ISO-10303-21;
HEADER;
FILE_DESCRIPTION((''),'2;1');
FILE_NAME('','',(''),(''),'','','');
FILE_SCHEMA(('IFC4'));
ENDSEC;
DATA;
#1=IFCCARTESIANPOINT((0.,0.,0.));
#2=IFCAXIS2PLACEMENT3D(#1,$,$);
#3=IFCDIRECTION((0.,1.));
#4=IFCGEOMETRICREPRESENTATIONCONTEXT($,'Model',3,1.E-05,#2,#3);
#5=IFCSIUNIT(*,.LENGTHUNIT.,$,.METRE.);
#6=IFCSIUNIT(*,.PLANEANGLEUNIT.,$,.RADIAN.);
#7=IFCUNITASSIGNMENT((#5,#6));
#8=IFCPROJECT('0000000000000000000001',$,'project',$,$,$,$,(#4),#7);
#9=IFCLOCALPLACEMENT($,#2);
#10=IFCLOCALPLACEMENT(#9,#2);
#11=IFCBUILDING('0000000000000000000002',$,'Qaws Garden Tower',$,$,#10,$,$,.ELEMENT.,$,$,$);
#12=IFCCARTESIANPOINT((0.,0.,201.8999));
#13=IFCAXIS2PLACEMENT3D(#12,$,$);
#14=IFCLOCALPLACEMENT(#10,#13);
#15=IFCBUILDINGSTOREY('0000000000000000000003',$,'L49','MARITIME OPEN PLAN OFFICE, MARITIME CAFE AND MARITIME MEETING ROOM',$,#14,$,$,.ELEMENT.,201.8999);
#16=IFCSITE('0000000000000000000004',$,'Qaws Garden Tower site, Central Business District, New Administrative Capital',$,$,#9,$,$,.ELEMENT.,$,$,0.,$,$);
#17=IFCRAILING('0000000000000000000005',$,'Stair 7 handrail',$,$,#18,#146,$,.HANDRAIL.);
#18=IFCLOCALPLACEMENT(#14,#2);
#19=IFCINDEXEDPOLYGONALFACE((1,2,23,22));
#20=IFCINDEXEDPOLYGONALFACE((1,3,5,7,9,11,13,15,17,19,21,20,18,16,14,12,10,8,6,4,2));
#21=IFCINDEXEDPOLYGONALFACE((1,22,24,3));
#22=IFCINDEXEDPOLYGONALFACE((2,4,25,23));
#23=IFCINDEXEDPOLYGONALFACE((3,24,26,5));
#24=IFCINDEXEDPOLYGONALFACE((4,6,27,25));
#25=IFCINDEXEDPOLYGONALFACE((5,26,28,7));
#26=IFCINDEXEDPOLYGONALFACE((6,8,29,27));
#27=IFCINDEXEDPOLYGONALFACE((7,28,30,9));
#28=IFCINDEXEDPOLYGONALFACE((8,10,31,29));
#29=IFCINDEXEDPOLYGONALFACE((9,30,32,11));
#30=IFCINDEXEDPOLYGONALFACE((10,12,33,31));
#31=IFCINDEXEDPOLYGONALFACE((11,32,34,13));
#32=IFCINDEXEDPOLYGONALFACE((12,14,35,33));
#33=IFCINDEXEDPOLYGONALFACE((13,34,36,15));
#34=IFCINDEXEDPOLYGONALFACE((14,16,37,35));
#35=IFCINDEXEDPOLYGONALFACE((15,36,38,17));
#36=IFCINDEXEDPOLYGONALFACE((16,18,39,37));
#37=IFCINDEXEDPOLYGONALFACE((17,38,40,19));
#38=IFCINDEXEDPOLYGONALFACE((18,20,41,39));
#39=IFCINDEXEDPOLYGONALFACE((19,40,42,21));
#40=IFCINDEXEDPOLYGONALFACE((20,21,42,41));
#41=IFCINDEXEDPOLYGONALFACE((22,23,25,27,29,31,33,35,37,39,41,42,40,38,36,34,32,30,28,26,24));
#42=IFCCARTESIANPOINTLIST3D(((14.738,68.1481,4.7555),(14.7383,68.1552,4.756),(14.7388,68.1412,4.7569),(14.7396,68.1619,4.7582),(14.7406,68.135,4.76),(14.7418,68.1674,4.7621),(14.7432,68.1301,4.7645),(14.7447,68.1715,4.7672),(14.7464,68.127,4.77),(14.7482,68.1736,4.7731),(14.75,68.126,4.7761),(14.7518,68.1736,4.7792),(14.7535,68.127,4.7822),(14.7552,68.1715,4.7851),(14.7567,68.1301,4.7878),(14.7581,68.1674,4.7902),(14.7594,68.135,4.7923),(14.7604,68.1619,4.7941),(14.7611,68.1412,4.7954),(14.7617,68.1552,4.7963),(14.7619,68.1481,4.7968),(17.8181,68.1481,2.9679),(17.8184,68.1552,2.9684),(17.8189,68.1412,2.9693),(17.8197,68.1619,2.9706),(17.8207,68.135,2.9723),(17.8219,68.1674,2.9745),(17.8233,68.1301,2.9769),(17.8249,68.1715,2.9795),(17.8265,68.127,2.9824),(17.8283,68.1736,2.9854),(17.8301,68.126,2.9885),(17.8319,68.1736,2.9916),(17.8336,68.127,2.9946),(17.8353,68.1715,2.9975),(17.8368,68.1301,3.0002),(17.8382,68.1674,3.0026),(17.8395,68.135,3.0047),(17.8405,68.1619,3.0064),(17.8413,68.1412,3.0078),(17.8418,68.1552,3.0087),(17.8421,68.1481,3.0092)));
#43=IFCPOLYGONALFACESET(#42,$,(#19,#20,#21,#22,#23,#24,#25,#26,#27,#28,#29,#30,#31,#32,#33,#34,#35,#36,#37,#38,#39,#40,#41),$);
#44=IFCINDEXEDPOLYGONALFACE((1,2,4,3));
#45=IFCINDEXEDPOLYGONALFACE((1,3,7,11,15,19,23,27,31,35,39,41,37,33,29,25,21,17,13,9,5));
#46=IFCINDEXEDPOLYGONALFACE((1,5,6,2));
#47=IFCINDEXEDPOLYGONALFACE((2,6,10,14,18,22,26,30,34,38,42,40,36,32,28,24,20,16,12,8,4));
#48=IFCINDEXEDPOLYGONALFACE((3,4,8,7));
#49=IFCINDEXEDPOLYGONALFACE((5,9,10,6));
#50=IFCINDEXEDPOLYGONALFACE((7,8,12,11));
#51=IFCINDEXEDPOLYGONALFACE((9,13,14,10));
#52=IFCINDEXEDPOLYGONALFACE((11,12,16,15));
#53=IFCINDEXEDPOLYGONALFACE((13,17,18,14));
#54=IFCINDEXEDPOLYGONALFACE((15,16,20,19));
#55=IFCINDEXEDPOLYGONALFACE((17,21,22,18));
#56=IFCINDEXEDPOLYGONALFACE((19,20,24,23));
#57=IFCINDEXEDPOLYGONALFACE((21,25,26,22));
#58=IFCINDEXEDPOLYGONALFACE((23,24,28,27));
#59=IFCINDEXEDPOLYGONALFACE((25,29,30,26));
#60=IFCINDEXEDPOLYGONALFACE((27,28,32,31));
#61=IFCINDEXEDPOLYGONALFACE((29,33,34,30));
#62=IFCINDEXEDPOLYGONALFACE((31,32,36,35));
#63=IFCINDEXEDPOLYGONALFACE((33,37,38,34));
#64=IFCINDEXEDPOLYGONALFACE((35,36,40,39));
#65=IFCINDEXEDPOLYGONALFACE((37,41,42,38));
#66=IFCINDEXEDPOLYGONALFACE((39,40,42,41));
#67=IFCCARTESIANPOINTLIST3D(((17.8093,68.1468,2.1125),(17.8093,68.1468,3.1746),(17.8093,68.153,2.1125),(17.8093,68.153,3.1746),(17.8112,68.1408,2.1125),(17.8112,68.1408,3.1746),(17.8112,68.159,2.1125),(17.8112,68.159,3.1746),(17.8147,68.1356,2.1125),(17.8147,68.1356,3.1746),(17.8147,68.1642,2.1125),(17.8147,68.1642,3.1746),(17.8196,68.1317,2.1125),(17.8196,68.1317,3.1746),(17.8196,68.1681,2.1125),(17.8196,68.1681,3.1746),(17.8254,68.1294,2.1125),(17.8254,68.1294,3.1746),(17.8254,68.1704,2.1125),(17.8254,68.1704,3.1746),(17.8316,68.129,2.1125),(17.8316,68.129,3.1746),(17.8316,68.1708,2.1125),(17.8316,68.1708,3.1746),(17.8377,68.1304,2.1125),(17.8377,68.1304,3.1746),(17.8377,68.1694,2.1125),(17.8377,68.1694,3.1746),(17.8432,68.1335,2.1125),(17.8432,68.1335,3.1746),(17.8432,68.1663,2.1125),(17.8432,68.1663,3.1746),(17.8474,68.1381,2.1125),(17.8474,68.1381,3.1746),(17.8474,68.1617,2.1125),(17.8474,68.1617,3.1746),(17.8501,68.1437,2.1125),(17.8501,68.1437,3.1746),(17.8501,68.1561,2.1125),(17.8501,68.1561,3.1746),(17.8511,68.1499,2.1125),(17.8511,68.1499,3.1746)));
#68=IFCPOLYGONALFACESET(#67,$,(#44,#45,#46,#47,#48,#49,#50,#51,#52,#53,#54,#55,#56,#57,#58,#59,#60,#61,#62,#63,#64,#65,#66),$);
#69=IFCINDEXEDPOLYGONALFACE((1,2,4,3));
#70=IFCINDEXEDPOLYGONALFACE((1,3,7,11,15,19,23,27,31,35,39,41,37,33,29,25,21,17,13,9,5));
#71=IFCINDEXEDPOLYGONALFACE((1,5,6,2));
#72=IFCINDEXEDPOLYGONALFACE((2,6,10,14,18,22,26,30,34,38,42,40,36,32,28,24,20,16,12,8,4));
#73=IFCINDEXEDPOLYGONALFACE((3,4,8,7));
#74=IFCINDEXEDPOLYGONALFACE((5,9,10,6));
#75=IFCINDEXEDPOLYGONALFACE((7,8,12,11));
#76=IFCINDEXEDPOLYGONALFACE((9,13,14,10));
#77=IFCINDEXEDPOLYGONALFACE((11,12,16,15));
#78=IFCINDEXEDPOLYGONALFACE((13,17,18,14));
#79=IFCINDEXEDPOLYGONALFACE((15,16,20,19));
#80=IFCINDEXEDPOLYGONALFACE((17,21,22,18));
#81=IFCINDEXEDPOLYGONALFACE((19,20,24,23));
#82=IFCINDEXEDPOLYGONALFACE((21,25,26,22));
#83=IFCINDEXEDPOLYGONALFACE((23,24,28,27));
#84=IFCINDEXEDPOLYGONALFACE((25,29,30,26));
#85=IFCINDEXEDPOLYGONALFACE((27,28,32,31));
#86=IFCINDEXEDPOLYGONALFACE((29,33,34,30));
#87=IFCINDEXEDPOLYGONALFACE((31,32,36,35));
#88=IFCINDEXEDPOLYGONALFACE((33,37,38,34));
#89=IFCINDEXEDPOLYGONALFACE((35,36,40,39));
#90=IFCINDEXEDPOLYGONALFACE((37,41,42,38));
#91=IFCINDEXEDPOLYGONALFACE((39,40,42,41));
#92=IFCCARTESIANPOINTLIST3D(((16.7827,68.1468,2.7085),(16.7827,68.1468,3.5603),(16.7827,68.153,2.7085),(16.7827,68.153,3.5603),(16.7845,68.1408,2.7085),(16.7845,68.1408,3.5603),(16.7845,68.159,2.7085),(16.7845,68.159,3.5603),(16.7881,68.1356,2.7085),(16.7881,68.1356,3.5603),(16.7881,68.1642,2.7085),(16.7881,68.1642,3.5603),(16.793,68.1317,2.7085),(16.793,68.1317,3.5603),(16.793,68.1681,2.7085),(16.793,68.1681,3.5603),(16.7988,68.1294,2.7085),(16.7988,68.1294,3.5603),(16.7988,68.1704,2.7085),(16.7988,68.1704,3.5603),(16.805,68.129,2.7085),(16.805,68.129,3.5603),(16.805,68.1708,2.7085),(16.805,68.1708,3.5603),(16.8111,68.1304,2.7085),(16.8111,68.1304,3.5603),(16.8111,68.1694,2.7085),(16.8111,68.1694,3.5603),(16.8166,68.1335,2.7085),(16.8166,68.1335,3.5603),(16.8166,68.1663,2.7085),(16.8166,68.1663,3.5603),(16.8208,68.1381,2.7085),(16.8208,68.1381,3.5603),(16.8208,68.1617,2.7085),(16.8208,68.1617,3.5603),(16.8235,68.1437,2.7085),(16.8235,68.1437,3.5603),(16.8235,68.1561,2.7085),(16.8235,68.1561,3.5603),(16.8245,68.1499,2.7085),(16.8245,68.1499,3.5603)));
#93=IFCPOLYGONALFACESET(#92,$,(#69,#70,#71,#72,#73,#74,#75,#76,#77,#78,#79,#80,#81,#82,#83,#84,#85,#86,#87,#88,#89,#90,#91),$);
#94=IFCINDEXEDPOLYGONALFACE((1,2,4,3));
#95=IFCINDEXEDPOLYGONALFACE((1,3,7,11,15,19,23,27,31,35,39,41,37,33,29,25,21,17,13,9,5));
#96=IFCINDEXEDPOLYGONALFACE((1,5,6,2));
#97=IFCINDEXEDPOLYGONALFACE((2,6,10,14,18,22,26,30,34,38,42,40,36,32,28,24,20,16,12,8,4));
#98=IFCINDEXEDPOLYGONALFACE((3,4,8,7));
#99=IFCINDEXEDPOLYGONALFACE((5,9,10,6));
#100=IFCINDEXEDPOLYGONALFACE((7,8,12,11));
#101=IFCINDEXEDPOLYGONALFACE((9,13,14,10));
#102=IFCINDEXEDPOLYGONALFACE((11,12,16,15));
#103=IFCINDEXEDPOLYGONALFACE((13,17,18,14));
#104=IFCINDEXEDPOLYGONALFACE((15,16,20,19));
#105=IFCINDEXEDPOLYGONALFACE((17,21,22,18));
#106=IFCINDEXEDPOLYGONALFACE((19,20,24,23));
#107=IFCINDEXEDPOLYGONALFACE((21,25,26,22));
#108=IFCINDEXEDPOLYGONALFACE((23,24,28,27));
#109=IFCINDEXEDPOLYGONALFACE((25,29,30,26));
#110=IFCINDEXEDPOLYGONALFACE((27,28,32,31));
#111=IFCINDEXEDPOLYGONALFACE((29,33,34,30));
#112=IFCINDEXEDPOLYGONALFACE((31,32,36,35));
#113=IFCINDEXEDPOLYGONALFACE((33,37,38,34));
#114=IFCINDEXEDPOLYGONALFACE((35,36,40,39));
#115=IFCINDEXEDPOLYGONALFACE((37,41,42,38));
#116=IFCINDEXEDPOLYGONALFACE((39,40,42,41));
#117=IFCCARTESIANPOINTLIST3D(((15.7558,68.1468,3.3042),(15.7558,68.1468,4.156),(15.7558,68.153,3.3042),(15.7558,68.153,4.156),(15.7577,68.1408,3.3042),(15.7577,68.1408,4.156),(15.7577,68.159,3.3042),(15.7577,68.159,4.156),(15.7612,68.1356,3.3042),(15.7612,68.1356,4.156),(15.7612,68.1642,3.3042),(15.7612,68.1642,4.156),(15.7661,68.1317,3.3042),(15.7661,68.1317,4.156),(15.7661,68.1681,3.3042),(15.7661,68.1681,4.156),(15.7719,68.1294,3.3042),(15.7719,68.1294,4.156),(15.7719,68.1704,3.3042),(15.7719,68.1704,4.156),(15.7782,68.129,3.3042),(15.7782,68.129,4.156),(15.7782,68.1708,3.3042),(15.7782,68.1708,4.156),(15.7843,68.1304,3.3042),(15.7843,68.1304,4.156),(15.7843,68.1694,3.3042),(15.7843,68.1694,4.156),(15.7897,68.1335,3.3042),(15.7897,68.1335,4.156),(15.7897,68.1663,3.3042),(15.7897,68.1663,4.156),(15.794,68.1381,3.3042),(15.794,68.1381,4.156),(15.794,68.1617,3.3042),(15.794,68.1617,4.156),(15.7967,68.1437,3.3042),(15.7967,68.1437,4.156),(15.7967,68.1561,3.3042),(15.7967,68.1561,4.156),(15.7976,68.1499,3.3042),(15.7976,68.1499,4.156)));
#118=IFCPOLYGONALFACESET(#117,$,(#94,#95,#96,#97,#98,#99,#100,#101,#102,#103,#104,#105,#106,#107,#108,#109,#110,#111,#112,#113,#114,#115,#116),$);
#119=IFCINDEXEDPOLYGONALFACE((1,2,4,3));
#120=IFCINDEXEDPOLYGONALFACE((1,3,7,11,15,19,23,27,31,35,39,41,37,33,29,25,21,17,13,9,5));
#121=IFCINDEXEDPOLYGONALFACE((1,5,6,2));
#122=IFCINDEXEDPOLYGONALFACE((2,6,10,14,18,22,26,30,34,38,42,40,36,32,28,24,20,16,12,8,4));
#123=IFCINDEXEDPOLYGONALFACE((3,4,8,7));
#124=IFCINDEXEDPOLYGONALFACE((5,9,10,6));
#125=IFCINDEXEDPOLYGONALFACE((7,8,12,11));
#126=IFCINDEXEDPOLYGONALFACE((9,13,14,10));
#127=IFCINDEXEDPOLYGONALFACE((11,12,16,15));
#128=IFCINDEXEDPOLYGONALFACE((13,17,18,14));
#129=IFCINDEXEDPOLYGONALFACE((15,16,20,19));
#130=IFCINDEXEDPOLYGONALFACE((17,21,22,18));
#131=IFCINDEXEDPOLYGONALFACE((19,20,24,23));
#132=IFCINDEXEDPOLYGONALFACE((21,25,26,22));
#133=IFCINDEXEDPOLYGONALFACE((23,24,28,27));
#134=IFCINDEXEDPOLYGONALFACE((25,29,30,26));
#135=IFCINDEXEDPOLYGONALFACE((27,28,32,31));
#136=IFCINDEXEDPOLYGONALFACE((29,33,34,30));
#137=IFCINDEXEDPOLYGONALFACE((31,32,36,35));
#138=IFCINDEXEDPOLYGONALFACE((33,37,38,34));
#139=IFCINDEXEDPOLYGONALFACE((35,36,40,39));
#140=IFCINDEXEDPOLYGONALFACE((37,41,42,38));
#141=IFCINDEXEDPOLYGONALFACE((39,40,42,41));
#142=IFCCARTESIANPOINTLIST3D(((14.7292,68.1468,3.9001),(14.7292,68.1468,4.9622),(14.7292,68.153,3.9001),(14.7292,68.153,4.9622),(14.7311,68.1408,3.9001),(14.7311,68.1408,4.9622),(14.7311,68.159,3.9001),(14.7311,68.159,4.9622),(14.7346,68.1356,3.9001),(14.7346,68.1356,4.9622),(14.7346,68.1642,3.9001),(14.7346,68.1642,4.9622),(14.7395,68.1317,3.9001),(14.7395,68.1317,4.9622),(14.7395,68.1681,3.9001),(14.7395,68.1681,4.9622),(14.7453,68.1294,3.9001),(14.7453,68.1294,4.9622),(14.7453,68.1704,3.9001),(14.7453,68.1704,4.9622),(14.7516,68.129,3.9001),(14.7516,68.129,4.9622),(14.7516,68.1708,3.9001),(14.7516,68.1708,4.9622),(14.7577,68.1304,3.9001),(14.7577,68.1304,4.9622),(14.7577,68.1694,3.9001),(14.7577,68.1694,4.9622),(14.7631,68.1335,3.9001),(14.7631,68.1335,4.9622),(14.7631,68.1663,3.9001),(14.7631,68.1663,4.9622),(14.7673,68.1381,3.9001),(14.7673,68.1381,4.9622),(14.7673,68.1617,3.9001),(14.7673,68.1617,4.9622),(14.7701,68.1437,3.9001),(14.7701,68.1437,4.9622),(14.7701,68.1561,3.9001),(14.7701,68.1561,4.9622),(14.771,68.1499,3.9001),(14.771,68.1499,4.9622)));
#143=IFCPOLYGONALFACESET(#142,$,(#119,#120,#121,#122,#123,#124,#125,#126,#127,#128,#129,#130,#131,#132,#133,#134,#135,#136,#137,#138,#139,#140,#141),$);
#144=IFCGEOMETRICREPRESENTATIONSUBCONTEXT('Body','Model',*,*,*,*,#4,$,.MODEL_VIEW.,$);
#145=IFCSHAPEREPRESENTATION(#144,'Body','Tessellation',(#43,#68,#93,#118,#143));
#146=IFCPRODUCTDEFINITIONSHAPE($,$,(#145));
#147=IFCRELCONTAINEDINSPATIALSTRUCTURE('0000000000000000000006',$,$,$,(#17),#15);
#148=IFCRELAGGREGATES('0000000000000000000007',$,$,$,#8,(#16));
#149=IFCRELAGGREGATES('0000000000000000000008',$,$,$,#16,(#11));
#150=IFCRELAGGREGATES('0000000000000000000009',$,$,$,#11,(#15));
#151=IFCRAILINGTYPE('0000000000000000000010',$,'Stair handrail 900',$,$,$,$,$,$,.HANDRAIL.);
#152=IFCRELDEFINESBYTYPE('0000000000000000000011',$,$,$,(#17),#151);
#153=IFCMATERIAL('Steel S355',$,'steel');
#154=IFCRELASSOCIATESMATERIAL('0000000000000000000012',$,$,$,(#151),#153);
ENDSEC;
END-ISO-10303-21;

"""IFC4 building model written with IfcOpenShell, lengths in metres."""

from ifc_helpers import new_model, si_unit, direction, frame, origin, origin_2d, place, context, subcontext, project, spatial, circle, extrude, material, type_object, element, save


model = new_model("IFC4")

# Units and contexts
model_context = context("Model", 3, precision=1e-05, world=origin(), true_north=direction((0.0, 1.0)))
body_context = subcontext(model_context, "Body", "Model", "MODEL_VIEW")
ifc_project = project(units=[si_unit("LENGTHUNIT", "METRE"), si_unit("PLANEANGLEUNIT", "RADIAN")], contexts=[model_context])

# Site, building, storey
site_placement = place(None, origin())
site = spatial("IfcSite", under=ifc_project, at=site_placement, Name="Qaws Garden Tower site, Central Business District, New Administrative Capital", CompositionType="ELEMENT", RefElevation=0.0)
building_placement = place(site_placement, origin())
building = spatial("IfcBuilding", under=site, at=building_placement, Name="Qaws Garden Tower", CompositionType="ELEMENT")
storey_placement = place(building_placement, frame((0.0, 0.0, 201.8999)))
storey = spatial("IfcBuildingStorey", under=building, at=storey_placement, Name="L49", Description="MARITIME OPEN PLAN OFFICE, MARITIME CAFE AND MARITIME MEETING ROOM", CompositionType="ELEMENT", Elevation=201.8999)

# Railing
ifc_material_1 = material(Name="Steel S355", Category="steel")
railing_type = type_object("IfcRailingType", Name="Stair handrail 900", PredefinedType="HANDRAIL", material=ifc_material_1)
railing_1_placement = place(storey_placement, frame((17.8301, 68.1499, 2.1125)))
element("IfcRailing", 1, at=railing_1_placement, inside=storey, type_object=railing_type, Name="Stair 7 handrail", PredefinedType="HANDRAIL", context=body_context, shape_type="SweptSolid", body=[
    extrude(circle(Radius=0.0239, at=origin_2d()), frame((0.0, 0.0, 0.876), z_axis=(-0.864891, 0.0, 0.50196), x_axis=(0.0, -1.0, 0.0)), (0.0, 0.0, 1.0), 3.5613),
    extrude(circle(Radius=0.021, at=origin_2d()), origin(), (0.0, 0.0, 1.0), 1.062),
    extrude(circle(Radius=0.021, at=origin_2d()), frame((-1.0266, 0.0, 0.5959)), (0.0, 0.0, 1.0), 0.8518),
    extrude(circle(Radius=0.021, at=origin_2d()), frame((-2.0535, 0.0, 1.1917)), (0.0, 0.0, 1.0), 0.8518),
    extrude(circle(Radius=0.021, at=origin_2d()), frame((-3.0801, 0.0, 1.7876)), (0.0, 0.0, 1.0), 1.062),
])

save(model, "model.ifc")
